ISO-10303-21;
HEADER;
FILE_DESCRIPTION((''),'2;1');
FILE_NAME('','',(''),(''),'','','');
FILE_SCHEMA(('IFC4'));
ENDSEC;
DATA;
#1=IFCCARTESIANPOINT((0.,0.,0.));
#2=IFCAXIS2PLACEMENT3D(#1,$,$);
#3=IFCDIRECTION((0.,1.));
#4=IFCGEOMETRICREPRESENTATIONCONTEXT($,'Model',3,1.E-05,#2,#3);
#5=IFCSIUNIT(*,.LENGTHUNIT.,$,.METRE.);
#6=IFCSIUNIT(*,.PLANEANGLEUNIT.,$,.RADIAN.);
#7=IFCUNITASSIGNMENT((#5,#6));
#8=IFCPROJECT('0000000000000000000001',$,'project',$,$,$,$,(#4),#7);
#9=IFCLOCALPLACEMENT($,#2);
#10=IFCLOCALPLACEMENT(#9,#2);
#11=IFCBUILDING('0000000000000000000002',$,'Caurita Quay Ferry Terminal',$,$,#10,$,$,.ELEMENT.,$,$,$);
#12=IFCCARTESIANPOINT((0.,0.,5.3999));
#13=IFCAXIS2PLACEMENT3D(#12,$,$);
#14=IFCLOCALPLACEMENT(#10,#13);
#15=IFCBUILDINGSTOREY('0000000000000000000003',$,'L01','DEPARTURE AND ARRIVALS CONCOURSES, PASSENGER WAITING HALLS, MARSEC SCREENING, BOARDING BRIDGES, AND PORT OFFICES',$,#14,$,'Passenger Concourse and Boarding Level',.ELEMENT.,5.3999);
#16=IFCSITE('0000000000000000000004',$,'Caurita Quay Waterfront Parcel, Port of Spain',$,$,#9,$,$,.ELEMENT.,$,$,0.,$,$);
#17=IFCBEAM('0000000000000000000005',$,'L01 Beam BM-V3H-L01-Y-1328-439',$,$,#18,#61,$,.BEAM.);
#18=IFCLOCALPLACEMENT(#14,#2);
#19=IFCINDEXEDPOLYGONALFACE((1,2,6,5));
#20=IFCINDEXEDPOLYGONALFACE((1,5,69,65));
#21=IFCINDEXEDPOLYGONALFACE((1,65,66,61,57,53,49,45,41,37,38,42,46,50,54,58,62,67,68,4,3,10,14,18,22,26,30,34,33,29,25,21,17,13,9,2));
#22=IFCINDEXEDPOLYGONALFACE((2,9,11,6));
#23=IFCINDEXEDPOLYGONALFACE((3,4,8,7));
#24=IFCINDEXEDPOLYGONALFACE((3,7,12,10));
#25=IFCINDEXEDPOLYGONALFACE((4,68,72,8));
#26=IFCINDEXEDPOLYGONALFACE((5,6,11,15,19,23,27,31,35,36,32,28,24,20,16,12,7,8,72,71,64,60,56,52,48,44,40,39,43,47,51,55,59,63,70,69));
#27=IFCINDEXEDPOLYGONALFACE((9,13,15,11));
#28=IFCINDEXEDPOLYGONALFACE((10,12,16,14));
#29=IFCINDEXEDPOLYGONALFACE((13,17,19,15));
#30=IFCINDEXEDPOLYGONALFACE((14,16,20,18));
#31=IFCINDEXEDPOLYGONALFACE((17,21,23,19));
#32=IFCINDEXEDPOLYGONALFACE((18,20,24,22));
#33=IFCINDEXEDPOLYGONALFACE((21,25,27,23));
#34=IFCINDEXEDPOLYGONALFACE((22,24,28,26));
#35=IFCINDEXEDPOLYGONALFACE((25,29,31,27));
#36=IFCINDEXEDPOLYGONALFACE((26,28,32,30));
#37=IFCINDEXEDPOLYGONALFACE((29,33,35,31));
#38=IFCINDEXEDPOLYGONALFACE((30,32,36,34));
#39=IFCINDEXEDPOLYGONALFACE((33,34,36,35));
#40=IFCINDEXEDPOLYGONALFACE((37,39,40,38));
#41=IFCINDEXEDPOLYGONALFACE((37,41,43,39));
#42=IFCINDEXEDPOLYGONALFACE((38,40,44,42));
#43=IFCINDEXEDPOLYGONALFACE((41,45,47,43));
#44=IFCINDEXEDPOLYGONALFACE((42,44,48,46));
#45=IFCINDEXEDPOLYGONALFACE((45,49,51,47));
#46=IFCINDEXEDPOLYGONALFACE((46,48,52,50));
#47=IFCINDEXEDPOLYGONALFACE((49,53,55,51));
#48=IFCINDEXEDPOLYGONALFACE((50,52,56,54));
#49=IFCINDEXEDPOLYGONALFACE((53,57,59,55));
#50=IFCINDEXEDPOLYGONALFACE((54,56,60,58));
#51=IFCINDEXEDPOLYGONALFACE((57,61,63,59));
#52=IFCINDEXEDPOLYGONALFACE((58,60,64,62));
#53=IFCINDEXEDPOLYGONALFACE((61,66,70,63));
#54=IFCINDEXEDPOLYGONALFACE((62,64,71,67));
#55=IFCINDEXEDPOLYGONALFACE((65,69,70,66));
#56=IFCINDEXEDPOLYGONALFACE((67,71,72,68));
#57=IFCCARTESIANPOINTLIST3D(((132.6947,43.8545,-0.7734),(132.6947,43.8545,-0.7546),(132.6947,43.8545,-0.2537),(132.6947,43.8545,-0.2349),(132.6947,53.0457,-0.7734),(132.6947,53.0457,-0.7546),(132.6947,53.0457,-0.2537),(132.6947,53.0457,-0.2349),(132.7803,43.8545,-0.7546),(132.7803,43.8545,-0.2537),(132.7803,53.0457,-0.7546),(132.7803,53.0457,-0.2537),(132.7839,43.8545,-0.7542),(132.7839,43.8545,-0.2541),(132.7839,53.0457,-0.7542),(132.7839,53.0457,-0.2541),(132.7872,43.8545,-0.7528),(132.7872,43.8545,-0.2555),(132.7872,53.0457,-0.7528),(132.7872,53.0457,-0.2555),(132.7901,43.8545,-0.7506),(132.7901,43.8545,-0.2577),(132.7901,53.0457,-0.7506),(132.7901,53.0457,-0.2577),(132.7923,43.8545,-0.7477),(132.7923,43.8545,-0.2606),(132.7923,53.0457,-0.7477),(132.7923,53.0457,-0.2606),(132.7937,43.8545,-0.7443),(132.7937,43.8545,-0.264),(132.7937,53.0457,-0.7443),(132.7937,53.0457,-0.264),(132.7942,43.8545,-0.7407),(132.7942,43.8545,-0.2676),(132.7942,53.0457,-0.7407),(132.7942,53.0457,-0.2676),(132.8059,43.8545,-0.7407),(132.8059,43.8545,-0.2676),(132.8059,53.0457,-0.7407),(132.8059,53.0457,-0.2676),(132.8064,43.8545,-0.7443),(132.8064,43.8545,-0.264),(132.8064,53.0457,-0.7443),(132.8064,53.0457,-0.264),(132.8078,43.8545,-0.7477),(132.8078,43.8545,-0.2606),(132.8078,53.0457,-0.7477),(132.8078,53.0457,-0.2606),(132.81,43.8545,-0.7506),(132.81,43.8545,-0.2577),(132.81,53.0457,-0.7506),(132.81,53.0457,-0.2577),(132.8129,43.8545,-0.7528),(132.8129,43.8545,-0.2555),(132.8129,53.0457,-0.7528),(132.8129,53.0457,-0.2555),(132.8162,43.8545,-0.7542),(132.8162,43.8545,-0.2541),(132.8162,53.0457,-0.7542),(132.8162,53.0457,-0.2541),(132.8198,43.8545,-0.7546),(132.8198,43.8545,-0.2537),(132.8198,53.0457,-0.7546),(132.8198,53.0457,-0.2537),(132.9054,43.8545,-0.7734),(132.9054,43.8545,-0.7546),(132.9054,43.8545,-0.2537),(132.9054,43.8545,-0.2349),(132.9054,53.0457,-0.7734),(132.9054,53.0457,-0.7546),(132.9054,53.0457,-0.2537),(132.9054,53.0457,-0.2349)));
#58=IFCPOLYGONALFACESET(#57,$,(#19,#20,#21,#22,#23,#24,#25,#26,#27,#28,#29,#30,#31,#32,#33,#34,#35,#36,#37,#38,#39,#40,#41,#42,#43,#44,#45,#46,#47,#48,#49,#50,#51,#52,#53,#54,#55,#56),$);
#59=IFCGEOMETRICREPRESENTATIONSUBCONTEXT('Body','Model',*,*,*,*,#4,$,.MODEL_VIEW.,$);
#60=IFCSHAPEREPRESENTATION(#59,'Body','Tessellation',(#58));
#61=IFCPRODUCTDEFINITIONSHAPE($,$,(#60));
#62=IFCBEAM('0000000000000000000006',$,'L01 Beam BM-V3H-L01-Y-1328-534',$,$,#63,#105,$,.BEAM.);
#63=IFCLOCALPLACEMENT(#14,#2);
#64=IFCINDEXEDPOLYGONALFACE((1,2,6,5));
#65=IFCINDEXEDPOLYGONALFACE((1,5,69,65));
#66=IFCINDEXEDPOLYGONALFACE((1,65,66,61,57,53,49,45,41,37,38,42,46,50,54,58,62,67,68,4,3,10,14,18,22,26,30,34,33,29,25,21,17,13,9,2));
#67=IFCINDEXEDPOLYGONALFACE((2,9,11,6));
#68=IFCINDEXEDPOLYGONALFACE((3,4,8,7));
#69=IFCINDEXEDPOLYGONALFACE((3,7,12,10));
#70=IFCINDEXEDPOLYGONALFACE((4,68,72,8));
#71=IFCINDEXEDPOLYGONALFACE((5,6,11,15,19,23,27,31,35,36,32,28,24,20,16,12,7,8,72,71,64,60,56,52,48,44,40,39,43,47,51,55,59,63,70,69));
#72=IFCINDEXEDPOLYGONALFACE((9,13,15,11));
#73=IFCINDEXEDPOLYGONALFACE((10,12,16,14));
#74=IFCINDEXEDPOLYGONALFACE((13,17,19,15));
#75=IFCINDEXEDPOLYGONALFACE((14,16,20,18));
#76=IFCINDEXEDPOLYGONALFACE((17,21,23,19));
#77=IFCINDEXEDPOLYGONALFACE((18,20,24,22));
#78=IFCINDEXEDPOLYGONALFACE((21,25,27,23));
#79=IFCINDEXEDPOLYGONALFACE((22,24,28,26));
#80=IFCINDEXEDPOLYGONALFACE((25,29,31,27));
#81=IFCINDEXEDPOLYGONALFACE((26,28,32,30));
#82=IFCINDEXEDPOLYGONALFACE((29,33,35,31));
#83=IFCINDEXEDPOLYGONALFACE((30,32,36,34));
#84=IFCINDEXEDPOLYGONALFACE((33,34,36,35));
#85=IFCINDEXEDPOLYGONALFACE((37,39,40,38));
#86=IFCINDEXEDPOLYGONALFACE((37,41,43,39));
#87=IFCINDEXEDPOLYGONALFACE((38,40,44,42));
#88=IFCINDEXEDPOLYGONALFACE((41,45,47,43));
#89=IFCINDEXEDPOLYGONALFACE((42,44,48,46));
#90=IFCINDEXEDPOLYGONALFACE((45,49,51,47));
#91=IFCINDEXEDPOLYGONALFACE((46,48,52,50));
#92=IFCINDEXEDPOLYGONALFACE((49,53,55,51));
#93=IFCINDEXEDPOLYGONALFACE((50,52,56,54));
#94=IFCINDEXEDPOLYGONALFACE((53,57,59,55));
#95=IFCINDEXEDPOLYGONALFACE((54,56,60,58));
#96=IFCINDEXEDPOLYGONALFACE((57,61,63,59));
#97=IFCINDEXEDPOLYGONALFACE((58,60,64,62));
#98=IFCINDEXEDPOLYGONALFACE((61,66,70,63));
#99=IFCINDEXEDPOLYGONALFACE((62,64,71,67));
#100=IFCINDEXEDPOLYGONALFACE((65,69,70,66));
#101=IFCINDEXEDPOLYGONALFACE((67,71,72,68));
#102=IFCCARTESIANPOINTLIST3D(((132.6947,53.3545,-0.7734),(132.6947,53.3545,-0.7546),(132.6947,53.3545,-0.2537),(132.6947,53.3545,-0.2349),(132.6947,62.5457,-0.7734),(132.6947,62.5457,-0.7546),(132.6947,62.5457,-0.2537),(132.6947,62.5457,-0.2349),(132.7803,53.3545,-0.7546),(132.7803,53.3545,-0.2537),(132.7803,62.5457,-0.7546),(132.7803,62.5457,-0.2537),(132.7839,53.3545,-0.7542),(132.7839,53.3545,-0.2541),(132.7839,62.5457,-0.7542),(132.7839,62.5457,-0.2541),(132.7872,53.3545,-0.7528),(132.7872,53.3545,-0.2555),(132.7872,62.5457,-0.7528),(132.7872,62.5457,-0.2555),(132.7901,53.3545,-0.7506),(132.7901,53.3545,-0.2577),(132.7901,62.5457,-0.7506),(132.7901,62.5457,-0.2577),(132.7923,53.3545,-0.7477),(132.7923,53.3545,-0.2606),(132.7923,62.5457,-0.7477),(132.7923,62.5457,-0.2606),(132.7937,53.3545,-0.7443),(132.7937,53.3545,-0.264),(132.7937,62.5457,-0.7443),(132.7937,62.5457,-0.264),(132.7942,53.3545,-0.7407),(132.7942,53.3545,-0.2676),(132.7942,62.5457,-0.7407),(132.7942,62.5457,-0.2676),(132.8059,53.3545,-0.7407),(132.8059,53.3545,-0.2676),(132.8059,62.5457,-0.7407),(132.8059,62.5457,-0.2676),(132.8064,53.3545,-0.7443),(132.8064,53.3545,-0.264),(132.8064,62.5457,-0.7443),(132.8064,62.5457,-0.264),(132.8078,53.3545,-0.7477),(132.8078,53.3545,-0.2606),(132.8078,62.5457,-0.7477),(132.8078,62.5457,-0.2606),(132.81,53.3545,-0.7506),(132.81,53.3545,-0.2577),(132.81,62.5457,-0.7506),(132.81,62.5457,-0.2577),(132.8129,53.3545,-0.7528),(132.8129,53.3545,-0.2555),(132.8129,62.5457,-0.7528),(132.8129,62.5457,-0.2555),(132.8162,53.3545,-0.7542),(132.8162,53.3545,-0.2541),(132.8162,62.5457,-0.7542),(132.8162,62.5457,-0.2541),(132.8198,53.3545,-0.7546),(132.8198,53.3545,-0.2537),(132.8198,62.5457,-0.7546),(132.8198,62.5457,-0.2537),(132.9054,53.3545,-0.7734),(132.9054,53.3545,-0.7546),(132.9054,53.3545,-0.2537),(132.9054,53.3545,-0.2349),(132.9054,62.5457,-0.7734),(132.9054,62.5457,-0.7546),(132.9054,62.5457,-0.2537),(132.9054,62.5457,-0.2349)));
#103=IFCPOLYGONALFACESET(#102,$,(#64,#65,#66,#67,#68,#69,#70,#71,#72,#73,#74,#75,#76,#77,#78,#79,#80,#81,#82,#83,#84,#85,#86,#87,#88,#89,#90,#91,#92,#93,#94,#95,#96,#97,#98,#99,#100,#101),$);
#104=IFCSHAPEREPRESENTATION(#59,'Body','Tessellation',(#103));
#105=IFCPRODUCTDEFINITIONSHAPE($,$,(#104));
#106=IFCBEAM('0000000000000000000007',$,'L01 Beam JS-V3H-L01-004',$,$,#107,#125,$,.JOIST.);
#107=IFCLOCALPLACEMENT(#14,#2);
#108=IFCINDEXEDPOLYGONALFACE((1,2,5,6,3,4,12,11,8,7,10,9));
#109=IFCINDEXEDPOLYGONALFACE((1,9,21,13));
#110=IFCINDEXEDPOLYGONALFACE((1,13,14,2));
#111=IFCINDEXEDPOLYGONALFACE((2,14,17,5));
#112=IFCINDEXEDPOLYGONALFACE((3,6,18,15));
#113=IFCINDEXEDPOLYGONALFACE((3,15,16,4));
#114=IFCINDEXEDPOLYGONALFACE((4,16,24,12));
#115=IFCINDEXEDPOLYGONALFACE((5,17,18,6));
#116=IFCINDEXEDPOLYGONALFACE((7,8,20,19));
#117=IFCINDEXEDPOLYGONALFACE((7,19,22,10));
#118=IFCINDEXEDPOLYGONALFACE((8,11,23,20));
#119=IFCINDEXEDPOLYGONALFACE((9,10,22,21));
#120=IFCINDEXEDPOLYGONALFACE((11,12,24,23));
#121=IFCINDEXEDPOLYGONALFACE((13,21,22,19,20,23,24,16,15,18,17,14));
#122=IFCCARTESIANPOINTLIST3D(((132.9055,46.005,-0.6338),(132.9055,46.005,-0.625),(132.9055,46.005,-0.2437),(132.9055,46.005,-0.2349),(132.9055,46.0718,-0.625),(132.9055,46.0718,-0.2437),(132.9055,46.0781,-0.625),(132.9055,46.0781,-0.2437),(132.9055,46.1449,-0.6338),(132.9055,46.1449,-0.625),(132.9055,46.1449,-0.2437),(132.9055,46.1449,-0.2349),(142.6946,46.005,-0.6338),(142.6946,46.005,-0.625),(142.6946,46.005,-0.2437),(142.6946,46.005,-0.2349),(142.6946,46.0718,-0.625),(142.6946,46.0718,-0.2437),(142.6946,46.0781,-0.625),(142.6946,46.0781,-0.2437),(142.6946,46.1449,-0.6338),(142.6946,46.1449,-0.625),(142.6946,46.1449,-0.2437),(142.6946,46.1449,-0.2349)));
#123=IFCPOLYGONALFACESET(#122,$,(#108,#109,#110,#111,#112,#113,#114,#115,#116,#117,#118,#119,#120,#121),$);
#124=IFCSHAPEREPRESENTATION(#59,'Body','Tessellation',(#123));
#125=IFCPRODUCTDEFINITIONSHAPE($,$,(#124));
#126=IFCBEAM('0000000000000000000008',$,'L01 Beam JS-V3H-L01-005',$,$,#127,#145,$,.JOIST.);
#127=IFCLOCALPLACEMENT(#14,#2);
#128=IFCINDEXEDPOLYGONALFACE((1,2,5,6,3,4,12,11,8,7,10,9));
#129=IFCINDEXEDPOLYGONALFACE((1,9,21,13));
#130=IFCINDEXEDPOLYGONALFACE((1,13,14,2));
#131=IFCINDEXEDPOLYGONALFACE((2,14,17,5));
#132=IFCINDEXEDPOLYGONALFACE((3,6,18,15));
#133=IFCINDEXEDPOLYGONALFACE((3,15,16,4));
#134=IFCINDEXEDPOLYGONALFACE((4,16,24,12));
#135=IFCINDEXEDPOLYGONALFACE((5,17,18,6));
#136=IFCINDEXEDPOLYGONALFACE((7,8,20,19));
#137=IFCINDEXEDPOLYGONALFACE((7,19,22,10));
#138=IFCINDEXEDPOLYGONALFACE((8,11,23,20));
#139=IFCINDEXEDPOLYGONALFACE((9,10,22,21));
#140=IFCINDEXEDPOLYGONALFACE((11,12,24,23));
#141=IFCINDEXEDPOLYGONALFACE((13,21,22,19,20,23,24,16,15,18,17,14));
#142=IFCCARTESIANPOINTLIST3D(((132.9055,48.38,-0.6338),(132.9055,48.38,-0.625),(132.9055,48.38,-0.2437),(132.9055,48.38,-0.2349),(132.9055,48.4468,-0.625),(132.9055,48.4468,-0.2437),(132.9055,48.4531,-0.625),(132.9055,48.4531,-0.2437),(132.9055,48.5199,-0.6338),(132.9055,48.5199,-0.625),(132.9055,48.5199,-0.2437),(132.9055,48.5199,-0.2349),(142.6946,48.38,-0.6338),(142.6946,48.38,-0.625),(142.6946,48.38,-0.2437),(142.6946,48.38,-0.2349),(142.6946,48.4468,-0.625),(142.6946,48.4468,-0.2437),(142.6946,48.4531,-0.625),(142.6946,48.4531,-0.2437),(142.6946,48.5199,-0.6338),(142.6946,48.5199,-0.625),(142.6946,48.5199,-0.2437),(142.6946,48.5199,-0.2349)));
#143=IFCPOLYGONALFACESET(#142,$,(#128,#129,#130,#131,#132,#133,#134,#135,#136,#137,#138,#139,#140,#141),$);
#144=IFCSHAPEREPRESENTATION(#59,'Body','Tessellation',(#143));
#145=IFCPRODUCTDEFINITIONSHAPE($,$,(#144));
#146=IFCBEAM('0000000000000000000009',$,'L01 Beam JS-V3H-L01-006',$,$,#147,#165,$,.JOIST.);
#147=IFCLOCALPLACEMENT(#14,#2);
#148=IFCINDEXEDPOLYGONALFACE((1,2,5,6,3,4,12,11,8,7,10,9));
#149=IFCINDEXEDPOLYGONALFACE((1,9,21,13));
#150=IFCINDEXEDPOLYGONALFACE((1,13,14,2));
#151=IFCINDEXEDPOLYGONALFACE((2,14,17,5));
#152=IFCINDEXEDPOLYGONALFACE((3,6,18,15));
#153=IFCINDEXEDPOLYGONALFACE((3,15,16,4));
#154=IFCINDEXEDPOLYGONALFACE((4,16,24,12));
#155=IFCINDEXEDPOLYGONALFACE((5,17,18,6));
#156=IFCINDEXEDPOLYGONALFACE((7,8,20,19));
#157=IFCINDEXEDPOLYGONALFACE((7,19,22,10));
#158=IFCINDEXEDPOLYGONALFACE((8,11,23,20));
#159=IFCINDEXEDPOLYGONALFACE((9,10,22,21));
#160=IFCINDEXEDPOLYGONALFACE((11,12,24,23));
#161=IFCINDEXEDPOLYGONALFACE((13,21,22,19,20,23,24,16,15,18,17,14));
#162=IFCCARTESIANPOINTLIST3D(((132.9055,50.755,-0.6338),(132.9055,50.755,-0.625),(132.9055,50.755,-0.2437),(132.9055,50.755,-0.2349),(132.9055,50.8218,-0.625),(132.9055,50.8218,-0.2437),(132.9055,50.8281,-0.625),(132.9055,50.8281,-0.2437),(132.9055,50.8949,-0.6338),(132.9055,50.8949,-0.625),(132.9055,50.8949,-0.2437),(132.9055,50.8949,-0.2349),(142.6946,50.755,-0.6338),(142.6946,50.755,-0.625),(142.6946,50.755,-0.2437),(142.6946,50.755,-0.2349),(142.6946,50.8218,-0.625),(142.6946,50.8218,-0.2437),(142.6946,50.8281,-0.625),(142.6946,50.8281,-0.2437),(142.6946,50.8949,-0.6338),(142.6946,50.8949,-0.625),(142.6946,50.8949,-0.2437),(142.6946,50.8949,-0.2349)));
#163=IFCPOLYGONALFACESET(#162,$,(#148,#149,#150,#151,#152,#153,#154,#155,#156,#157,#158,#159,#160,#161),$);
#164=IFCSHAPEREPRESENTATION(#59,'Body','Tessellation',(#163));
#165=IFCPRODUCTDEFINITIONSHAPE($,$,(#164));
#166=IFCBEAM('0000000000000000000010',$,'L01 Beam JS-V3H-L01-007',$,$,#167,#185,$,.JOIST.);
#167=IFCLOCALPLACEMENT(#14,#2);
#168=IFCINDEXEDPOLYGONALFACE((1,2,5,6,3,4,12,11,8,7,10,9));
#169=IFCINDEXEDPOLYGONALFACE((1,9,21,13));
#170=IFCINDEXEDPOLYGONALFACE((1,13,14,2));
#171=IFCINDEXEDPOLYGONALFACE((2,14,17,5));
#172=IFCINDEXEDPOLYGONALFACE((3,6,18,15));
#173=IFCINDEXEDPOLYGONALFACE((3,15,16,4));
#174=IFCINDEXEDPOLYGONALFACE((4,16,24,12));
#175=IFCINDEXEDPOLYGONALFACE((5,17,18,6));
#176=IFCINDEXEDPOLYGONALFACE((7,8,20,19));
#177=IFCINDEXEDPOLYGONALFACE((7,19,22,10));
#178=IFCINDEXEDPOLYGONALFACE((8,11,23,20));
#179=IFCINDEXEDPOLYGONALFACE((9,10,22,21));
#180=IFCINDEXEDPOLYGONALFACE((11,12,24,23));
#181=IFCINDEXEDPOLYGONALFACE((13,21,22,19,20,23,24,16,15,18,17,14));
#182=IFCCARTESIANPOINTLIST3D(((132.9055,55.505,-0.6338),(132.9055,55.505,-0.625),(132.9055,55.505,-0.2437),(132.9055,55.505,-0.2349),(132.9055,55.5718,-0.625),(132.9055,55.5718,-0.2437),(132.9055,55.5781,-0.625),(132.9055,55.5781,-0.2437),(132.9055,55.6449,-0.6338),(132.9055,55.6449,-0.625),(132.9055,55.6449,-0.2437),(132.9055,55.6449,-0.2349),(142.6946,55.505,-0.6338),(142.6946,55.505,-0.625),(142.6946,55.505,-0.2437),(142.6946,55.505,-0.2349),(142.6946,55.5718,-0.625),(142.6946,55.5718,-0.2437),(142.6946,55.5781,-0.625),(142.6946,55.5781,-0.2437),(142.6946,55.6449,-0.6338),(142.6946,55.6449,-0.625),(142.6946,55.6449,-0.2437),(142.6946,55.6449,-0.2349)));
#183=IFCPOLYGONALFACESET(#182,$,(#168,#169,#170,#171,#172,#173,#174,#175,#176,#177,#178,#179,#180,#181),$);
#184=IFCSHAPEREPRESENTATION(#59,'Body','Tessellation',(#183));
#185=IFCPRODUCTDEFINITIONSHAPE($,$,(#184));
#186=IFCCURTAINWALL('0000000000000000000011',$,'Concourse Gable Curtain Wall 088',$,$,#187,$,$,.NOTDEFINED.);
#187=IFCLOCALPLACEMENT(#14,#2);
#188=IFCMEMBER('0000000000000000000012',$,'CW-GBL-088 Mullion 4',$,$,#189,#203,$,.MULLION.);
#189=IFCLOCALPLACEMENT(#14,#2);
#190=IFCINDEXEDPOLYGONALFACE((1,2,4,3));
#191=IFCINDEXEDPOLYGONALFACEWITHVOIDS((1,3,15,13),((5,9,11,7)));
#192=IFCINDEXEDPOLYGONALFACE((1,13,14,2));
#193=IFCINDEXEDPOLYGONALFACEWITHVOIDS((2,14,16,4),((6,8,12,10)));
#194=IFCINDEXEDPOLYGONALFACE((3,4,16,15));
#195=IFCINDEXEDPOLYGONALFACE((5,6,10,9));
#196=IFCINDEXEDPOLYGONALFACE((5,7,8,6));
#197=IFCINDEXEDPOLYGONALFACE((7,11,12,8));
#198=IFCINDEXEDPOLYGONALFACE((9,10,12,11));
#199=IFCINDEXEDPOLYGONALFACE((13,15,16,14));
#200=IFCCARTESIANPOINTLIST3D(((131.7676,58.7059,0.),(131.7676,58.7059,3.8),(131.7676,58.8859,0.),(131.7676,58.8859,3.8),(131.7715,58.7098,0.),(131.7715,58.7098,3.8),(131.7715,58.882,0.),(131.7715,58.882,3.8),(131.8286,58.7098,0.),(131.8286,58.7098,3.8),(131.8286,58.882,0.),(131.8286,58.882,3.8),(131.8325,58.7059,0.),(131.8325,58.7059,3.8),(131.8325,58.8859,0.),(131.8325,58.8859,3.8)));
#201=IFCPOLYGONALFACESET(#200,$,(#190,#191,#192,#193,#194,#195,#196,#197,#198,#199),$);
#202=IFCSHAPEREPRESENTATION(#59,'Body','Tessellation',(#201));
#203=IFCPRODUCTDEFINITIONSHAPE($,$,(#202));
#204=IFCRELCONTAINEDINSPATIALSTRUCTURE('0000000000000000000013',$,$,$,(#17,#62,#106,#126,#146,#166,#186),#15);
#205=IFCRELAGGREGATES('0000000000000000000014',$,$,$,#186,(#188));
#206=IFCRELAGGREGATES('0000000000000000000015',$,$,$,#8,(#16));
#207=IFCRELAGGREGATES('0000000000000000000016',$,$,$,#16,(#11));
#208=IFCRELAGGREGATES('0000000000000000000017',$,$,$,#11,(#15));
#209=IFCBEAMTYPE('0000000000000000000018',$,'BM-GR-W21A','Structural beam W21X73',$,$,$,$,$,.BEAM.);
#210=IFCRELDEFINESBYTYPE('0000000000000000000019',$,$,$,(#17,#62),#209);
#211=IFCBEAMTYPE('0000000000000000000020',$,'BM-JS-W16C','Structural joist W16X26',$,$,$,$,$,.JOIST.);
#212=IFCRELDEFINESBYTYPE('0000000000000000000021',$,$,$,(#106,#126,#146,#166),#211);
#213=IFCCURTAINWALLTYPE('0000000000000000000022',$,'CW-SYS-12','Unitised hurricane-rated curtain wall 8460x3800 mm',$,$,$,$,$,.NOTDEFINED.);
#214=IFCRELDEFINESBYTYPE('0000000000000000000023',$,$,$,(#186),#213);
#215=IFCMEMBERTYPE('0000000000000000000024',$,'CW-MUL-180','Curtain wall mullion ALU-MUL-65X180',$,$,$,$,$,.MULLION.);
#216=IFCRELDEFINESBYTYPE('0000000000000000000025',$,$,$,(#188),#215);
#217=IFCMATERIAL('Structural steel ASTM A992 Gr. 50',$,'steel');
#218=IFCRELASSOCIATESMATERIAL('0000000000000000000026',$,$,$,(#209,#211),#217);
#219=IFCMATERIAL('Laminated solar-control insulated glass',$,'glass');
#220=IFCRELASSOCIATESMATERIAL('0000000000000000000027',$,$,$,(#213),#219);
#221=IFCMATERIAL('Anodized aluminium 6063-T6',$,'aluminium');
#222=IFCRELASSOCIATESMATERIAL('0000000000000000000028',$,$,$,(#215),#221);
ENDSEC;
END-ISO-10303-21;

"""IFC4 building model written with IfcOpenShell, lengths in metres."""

from ifc_helpers import new_model, si_unit, direction, frame, origin, origin_2d, place, context, subcontext, project, spatial, hollow_rectangle, i_section, extrude, material, material_profile, profile_set, type_object, element, aggregate, save


model = new_model("IFC4")

# Units and contexts
model_context = context("Model", 3, precision=1e-05, world=origin(), true_north=direction((0.0, 1.0)))
body_context = subcontext(model_context, "Body", "Model", "MODEL_VIEW")
ifc_project = project(units=[si_unit("LENGTHUNIT", "METRE"), si_unit("PLANEANGLEUNIT", "RADIAN")], contexts=[model_context])

# Site, building, storey
site_placement = place(None, origin())
site = spatial("IfcSite", under=ifc_project, at=site_placement, Name="Caurita Quay Waterfront Parcel, Port of Spain", CompositionType="ELEMENT", RefElevation=0.0)
building_placement = place(site_placement, origin())
building = spatial("IfcBuilding", under=site, at=building_placement, Name="Caurita Quay Ferry Terminal", CompositionType="ELEMENT")
storey_placement = place(building_placement, frame((0.0, 0.0, 5.3999)))
storey = spatial("IfcBuildingStorey", under=building, at=storey_placement, Name="L01", Description="DEPARTURE AND ARRIVALS CONCOURSES, PASSENGER WAITING HALLS, MARSEC SCREENING, BOARDING BRIDGES, AND PORT OFFICES", LongName="Passenger Concourse and Boarding Level", CompositionType="ELEMENT", Elevation=5.3999)

# Shared definitions
ifc_material_1 = material(Name="Structural steel ASTM A992 Gr. 50", Category="steel")

# Beams
ifc_material_profile_1 = material_profile(ifc_material_1, i_section(OverallWidth=0.2107, OverallDepth=0.5386, WebThickness=0.0117, FlangeThickness=0.0188, FilletRadius=0.0139, at=origin_2d()), Name="W21X73")
ifc_profile_set_1 = profile_set([ifc_material_profile_1], Name="Structural steel ASTM A992 Gr. 50")
beam_type_1 = type_object("IfcBeamType", Name="BM-GR-W21A", Description="Structural beam W21X73", PredefinedType="BEAM", material=ifc_profile_set_1)
for number, where, z_axis, x_axis, name in (
    (1, (132.8, 43.8545, -0.5042), (0.0, 1.0, 0.0), (-1.0, 0.0, 0.0), "L01 Beam BM-V3H-L01-Y-1328-439"),
    (2, (132.8, 53.3545, -0.5042), (0.0, 1.0, 0.0), (-1.0, 0.0, 0.0), "L01 Beam BM-V3H-L01-Y-1328-534"),
):
    element("IfcBeam", number, at=place(storey_placement, frame(where, z_axis=z_axis, x_axis=x_axis)), inside=storey, type_object=beam_type_1, Name=name, PredefinedType="BEAM", context=body_context, shape_type="SweptSolid", body=[
        extrude(i_section(OverallWidth=0.2107, OverallDepth=0.5386, WebThickness=0.0117, FlangeThickness=0.0188, FilletRadius=0.0139, at=origin_2d()), origin(), (0.0, 0.0, 1.0), 9.1912),
    ])
ifc_material_profile_2 = material_profile(ifc_material_1, i_section(OverallWidth=0.1399, OverallDepth=0.3989, WebThickness=0.0063, FlangeThickness=0.0088, at=origin_2d()), Name="W16X26")
ifc_profile_set_2 = profile_set([ifc_material_profile_2], Name="Structural steel ASTM A992 Gr. 50")
beam_type_2 = type_object("IfcBeamType", Name="BM-JS-W16C", Description="Structural joist W16X26", PredefinedType="JOIST", material=ifc_profile_set_2)
for number, where, z_axis, x_axis, name in (
    (3, (132.9055, 46.075, -0.4343), (1.0, 0.0, 0.0), (0.0, 1.0, 0.0), "L01 Beam JS-V3H-L01-004"),
    (4, (132.9055, 48.45, -0.4343), (1.0, 0.0, 0.0), (0.0, 1.0, 0.0), "L01 Beam JS-V3H-L01-005"),
    (5, (132.9055, 50.825, -0.4343), (1.0, 0.0, 0.0), (0.0, 1.0, 0.0), "L01 Beam JS-V3H-L01-006"),
    (6, (132.9055, 55.575, -0.4343), (1.0, 0.0, 0.0), (0.0, 1.0, 0.0), "L01 Beam JS-V3H-L01-007"),
):
    element("IfcBeam", number, at=place(storey_placement, frame(where, z_axis=z_axis, x_axis=x_axis)), inside=storey, type_object=beam_type_2, Name=name, PredefinedType="JOIST", context=body_context, shape_type="SweptSolid", body=[
        extrude(i_section(OverallWidth=0.1399, OverallDepth=0.3989, WebThickness=0.0063, FlangeThickness=0.0088, at=origin_2d()), origin(), (0.0, 0.0, 1.0), 9.7891),
    ])

# Curtain wall, member
ifc_material_2 = material(Name="Laminated solar-control insulated glass", Category="glass")
curtain_wall_type = type_object("IfcCurtainWallType", Name="CW-SYS-12", Description="Unitised hurricane-rated curtain wall 8460x3800 mm", PredefinedType="NOTDEFINED", material=ifc_material_2)
curtain_wall_placement = place(storey_placement, origin())
curtain_wall = element("IfcCurtainWall", 7, at=curtain_wall_placement, inside=storey, type_object=curtain_wall_type, Name="Concourse Gable Curtain Wall 088", PredefinedType="NOTDEFINED")
ifc_material_3 = material(Name="Anodized aluminium 6063-T6", Category="aluminium")
ifc_material_profile_3 = material_profile(ifc_material_3, hollow_rectangle(XDim=0.0649, YDim=0.1799, WallThickness=0.0039, at=origin_2d()), Name="ALU-MUL-65X180")
ifc_profile_set_3 = profile_set([ifc_material_profile_3], Name="Anodized aluminium 6063-T6")
member_type_1 = type_object("IfcMemberType", Name="CW-MUL-180", Description="Curtain wall mullion ALU-MUL-65X180", PredefinedType="MULLION", material=ifc_profile_set_3)
member_1_placement = place(storey_placement, frame((131.8, 58.7959, 0.0), z_axis=(0.0, 0.0, 1.0), x_axis=(-1.0, 0.0, 0.0)))
member_1 = element("IfcMember", 8, at=member_1_placement, type_object=member_type_1, Name="CW-GBL-088 Mullion 4", PredefinedType="MULLION", context=body_context, shape_type="SweptSolid", body=[
    extrude(hollow_rectangle(XDim=0.0649, YDim=0.1799, WallThickness=0.0039, at=origin_2d()), origin(), (0.0, 0.0, 1.0), 3.8),
])

aggregate(curtain_wall, [member_1])

save(model, "model.ifc")
